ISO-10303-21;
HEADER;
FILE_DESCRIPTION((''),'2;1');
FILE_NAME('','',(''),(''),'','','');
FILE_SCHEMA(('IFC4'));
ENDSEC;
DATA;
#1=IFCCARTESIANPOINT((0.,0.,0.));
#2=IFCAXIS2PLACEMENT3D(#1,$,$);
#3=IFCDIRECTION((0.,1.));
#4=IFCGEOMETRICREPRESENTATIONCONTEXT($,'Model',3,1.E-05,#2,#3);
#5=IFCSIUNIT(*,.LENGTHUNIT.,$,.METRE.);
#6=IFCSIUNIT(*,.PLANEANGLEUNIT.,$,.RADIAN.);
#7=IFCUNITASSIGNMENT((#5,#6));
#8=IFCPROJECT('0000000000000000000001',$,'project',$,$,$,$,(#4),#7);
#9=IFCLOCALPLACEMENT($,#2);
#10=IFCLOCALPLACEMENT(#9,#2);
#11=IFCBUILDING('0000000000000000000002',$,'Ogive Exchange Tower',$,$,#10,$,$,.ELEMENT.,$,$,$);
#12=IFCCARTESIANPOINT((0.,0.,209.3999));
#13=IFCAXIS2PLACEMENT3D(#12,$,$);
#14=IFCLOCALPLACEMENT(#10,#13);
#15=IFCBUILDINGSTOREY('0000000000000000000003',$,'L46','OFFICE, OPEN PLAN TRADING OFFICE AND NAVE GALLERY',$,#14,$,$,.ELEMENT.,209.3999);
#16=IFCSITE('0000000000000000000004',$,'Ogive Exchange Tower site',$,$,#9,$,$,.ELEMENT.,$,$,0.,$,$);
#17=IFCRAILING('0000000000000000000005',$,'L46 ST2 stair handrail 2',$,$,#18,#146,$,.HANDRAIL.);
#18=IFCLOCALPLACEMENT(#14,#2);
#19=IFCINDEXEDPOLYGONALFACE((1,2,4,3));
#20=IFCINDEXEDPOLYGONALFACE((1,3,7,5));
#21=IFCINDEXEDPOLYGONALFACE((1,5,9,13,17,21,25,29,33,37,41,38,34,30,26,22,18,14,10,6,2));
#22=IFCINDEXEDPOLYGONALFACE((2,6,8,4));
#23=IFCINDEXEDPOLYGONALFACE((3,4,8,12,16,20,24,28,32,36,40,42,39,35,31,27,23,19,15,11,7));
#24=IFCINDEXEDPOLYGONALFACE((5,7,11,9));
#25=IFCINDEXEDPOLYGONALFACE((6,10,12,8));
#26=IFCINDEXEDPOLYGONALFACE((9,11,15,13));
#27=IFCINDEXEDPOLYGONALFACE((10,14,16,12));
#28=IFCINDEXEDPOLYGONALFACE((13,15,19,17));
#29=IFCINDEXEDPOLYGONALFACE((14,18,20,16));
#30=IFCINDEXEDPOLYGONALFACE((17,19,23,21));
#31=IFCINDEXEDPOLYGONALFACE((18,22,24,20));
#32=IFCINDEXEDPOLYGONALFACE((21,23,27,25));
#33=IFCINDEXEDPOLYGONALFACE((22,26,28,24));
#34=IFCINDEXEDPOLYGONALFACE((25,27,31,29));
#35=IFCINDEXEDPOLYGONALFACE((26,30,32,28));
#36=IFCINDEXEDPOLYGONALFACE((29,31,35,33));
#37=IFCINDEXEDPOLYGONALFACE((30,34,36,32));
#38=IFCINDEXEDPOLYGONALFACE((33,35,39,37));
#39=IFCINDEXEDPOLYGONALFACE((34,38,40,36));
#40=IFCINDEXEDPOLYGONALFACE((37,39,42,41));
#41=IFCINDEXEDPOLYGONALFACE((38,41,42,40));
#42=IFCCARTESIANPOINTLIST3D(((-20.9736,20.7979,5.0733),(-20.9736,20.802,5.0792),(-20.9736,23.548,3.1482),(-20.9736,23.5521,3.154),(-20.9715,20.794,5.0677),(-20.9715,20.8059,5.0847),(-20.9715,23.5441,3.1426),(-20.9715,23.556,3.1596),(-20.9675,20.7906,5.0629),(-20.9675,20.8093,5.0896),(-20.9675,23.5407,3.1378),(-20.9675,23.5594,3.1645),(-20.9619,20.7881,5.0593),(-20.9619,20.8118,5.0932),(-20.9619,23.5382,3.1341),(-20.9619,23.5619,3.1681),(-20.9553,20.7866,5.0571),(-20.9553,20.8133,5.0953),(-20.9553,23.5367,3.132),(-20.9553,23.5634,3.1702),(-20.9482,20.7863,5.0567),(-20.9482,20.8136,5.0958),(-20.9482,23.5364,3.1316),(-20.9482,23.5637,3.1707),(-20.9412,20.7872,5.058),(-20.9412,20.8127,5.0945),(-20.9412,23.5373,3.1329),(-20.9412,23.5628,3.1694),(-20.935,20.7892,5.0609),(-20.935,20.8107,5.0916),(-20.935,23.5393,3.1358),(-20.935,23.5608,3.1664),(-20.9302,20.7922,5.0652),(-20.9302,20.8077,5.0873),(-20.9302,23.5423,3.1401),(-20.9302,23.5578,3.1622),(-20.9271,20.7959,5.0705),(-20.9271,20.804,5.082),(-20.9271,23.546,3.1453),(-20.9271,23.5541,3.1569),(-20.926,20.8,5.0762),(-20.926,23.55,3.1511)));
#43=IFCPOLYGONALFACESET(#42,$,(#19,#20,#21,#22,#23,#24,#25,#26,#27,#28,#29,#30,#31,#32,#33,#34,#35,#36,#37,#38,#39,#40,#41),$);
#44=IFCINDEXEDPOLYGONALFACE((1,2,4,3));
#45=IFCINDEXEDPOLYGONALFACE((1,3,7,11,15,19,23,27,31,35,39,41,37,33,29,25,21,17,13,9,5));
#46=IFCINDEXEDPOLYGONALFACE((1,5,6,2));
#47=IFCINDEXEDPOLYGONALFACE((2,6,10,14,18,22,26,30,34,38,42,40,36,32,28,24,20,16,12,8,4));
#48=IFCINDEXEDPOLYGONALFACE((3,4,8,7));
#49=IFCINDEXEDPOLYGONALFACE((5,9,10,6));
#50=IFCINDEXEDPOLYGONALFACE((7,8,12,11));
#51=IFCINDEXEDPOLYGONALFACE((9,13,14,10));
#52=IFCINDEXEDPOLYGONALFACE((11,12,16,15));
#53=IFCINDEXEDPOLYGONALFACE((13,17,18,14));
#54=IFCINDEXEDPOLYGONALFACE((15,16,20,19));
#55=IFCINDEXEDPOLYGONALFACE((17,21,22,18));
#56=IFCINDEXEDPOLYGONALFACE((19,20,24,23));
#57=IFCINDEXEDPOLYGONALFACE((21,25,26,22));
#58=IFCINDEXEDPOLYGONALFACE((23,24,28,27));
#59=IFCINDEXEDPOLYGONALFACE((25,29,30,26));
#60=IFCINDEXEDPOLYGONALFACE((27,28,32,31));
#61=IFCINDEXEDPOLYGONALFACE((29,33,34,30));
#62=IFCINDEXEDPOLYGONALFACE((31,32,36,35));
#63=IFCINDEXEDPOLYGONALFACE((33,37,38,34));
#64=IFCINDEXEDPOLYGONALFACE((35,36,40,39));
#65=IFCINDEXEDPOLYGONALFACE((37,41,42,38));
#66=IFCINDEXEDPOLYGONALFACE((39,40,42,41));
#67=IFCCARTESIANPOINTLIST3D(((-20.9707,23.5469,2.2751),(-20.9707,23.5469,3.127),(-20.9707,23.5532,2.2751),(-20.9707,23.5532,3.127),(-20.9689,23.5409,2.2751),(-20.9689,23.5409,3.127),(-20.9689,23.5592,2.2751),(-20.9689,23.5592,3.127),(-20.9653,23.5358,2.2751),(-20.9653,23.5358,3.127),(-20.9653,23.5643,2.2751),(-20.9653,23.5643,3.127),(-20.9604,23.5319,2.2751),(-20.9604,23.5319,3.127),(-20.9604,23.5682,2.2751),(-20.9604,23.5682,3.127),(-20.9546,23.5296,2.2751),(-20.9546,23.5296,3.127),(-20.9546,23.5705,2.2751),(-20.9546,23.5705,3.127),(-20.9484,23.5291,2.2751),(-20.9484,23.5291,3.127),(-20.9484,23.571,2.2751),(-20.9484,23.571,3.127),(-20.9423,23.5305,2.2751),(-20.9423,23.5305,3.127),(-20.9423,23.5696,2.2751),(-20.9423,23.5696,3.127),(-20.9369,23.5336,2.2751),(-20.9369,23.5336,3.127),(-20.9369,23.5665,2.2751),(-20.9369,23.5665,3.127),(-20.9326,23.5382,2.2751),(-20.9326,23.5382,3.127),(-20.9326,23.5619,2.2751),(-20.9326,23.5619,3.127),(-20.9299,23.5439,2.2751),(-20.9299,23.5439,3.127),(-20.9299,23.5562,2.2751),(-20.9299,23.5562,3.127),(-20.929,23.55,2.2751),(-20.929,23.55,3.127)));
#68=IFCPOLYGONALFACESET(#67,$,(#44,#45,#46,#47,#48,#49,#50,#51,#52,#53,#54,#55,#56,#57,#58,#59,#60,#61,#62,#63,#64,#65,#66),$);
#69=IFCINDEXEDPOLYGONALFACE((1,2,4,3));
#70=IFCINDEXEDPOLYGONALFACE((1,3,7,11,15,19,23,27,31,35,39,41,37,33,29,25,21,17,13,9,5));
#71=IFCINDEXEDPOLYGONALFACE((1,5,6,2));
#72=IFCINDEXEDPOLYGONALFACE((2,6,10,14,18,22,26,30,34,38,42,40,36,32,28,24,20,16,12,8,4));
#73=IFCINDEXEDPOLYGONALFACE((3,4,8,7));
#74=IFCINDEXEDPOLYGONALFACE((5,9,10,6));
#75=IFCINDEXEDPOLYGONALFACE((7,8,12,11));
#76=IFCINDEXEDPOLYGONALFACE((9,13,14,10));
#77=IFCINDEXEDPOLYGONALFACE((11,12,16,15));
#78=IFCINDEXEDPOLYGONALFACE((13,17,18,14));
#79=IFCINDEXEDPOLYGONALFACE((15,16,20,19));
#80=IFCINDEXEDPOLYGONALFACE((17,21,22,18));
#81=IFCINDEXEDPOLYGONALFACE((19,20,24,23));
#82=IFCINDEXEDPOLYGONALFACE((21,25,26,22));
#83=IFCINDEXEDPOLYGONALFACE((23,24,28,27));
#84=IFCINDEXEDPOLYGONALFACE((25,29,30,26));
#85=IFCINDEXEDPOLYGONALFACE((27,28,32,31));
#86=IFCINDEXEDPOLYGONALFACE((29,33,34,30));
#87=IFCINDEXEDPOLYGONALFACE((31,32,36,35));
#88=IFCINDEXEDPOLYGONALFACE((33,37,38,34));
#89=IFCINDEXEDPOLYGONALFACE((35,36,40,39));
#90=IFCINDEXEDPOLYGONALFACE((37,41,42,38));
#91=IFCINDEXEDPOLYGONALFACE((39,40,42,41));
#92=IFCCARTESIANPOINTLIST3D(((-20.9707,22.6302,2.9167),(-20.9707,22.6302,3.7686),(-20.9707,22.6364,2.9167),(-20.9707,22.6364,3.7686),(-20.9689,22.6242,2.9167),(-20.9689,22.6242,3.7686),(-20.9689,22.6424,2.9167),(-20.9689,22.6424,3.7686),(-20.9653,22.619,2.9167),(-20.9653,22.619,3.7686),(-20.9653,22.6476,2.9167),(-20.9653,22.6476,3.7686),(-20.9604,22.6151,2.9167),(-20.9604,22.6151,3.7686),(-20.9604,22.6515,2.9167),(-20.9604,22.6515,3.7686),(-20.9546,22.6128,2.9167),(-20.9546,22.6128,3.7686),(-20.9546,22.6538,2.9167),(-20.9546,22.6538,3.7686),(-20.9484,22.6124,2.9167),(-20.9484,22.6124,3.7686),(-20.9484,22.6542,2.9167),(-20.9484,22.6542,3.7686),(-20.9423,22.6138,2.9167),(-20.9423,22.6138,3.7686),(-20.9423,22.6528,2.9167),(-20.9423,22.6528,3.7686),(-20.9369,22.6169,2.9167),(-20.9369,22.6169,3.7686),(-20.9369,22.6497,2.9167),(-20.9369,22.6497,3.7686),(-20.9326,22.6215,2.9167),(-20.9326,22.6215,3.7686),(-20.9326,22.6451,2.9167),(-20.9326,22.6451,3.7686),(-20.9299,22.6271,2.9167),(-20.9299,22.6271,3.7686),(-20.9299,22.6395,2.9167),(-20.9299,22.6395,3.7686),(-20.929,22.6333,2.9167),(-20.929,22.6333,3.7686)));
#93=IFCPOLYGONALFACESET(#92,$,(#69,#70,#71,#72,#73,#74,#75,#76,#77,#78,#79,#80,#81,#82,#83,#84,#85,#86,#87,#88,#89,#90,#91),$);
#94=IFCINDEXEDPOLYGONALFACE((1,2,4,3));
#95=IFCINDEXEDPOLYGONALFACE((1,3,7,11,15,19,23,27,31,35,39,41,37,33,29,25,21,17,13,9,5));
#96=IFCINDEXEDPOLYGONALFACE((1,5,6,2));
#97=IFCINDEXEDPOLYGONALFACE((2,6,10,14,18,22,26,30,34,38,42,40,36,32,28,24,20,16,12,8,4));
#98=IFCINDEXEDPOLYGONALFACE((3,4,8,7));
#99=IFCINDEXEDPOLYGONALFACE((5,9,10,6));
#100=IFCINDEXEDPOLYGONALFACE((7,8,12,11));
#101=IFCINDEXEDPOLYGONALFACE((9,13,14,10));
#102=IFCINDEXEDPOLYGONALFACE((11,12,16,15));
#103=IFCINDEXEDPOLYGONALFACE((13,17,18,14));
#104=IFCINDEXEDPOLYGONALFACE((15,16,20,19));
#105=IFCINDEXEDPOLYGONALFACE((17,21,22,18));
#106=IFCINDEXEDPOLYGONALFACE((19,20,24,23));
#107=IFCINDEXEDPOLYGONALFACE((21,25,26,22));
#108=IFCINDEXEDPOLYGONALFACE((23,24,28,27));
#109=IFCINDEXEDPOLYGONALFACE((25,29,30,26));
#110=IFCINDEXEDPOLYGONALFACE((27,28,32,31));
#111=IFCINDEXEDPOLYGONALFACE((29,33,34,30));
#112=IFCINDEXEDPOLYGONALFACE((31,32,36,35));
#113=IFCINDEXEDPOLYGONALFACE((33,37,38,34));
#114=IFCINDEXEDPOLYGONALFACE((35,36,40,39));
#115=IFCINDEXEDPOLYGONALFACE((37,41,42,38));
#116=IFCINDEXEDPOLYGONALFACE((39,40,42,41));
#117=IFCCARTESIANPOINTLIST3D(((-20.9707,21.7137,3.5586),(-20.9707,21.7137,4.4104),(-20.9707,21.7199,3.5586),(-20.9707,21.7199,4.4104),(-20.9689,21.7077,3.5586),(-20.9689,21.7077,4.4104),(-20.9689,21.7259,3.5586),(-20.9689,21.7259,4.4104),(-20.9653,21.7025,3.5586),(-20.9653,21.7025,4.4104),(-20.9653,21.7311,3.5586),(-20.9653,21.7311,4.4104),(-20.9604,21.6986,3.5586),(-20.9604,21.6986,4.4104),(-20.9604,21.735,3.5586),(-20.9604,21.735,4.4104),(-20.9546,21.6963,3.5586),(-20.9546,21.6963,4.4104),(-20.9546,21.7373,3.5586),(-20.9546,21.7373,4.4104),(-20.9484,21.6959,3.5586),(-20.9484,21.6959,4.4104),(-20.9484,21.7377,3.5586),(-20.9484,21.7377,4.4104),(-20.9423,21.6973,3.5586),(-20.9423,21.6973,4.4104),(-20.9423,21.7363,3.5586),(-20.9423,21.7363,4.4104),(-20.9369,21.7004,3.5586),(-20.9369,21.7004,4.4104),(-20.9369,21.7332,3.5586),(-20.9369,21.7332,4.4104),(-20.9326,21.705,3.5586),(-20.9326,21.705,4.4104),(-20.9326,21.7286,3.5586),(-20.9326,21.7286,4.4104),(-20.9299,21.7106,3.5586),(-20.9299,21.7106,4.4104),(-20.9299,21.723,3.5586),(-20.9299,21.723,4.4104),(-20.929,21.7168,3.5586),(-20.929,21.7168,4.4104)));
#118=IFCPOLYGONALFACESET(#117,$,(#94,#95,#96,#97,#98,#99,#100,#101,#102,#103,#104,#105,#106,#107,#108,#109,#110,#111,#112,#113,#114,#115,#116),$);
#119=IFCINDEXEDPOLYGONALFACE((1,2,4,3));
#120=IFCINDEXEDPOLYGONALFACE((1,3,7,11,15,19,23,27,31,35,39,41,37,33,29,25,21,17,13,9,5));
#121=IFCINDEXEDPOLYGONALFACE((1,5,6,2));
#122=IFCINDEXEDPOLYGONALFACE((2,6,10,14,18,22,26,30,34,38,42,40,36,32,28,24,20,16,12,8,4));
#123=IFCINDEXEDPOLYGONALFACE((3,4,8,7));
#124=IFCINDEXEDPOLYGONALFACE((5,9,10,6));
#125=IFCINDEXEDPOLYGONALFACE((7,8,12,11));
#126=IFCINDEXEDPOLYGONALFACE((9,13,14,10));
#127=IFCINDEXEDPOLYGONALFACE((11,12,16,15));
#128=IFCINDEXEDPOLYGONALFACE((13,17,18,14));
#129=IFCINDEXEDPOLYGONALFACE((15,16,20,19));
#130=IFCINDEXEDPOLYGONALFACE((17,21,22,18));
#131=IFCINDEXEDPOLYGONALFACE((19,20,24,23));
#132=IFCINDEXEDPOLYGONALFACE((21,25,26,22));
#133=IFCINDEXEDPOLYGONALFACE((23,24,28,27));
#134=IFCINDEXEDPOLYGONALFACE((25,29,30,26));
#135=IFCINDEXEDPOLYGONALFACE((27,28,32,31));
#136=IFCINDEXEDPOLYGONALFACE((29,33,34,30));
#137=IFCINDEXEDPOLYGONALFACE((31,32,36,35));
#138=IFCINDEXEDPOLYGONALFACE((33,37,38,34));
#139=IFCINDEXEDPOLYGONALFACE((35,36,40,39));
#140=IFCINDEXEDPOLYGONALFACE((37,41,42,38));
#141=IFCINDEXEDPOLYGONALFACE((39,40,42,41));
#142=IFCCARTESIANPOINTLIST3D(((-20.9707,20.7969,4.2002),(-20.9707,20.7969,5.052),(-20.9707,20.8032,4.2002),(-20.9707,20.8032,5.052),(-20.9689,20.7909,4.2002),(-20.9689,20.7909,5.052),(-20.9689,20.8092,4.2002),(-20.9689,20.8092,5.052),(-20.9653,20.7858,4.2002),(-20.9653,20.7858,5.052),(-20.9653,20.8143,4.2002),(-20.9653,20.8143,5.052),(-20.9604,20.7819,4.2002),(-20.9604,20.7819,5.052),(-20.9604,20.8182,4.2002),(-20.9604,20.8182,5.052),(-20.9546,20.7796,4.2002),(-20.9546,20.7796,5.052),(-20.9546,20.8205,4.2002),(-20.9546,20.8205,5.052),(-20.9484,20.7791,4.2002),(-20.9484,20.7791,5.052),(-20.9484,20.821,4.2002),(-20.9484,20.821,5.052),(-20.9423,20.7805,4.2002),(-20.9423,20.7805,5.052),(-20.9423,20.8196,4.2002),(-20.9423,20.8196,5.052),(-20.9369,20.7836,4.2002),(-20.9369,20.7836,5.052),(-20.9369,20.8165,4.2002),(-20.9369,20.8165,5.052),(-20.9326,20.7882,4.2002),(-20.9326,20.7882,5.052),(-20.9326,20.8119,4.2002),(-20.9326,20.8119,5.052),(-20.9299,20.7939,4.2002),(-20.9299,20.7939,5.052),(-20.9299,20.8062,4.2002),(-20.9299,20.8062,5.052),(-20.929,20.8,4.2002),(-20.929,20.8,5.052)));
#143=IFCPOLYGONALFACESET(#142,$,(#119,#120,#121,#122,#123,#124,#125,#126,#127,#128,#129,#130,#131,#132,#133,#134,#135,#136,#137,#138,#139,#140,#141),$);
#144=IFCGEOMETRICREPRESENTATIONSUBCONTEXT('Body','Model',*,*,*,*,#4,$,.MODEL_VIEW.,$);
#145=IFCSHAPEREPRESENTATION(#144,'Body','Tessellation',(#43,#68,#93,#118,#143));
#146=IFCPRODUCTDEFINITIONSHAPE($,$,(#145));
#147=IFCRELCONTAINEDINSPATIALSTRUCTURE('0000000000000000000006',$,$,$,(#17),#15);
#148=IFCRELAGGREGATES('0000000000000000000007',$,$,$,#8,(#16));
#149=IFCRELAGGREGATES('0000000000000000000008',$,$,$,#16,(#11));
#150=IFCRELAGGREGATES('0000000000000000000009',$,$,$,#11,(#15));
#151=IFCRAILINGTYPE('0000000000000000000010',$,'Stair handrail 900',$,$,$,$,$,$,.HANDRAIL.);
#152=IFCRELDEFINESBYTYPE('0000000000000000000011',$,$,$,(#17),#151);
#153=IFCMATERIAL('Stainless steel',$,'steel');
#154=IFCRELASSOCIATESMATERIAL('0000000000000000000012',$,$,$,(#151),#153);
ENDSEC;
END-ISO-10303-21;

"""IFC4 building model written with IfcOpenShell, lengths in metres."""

from ifc_helpers import new_model, si_unit, direction, frame, origin, origin_2d, place, context, subcontext, project, spatial, circle, extrude, material, type_object, element, save


model = new_model("IFC4")

# Units and contexts
model_context = context("Model", 3, precision=1e-05, world=origin(), true_north=direction((0.0, 1.0)))
body_context = subcontext(model_context, "Body", "Model", "MODEL_VIEW")
ifc_project = project(units=[si_unit("LENGTHUNIT", "METRE"), si_unit("PLANEANGLEUNIT", "RADIAN")], contexts=[model_context])

# Site, building, storey
site_placement = place(None, origin())
site = spatial("IfcSite", under=ifc_project, at=site_placement, Name="Ogive Exchange Tower site", CompositionType="ELEMENT", RefElevation=0.0)
building_placement = place(site_placement, origin())
building = spatial("IfcBuilding", under=site, at=building_placement, Name="Ogive Exchange Tower", CompositionType="ELEMENT")
storey_placement = place(building_placement, frame((0.0, 0.0, 209.3999)))
storey = spatial("IfcBuildingStorey", under=building, at=storey_placement, Name="L46", Description="OFFICE, OPEN PLAN TRADING OFFICE AND NAVE GALLERY", CompositionType="ELEMENT", Elevation=209.3999)

# Railing
ifc_material_1 = material(Name="Stainless steel", Category="steel")
railing_type = type_object("IfcRailingType", Name="Stair handrail 900", PredefinedType="HANDRAIL", material=ifc_material_1)
railing_1_placement = place(storey_placement, frame((-20.95, 23.55, 2.2751)))
element("IfcRailing", 1, at=railing_1_placement, inside=storey, type_object=railing_type, Name="L46 ST2 stair handrail 2", PredefinedType="HANDRAIL", context=body_context, shape_type="SweptSolid", body=[
    extrude(circle(Radius=0.0239, at=origin_2d()), frame((0.0, 0.0, 0.876), z_axis=(0.0, -0.819225, 0.573472), x_axis=(1.0, 0.0, 0.0)), (0.0, 0.0, 1.0), 3.3569),
    extrude(circle(Radius=0.021, at=origin_2d()), origin(), (0.0, 0.0, 1.0), 0.8518),
    extrude(circle(Radius=0.021, at=origin_2d()), frame((0.0, -0.9167, 0.6416)), (0.0, 0.0, 1.0), 0.8518),
    extrude(circle(Radius=0.021, at=origin_2d()), frame((0.0, -1.8333, 1.2834)), (0.0, 0.0, 1.0), 0.8518),
    extrude(circle(Radius=0.021, at=origin_2d()), frame((0.0, -2.75, 1.925)), (0.0, 0.0, 1.0), 0.8518),
])

save(model, "model.ifc")
